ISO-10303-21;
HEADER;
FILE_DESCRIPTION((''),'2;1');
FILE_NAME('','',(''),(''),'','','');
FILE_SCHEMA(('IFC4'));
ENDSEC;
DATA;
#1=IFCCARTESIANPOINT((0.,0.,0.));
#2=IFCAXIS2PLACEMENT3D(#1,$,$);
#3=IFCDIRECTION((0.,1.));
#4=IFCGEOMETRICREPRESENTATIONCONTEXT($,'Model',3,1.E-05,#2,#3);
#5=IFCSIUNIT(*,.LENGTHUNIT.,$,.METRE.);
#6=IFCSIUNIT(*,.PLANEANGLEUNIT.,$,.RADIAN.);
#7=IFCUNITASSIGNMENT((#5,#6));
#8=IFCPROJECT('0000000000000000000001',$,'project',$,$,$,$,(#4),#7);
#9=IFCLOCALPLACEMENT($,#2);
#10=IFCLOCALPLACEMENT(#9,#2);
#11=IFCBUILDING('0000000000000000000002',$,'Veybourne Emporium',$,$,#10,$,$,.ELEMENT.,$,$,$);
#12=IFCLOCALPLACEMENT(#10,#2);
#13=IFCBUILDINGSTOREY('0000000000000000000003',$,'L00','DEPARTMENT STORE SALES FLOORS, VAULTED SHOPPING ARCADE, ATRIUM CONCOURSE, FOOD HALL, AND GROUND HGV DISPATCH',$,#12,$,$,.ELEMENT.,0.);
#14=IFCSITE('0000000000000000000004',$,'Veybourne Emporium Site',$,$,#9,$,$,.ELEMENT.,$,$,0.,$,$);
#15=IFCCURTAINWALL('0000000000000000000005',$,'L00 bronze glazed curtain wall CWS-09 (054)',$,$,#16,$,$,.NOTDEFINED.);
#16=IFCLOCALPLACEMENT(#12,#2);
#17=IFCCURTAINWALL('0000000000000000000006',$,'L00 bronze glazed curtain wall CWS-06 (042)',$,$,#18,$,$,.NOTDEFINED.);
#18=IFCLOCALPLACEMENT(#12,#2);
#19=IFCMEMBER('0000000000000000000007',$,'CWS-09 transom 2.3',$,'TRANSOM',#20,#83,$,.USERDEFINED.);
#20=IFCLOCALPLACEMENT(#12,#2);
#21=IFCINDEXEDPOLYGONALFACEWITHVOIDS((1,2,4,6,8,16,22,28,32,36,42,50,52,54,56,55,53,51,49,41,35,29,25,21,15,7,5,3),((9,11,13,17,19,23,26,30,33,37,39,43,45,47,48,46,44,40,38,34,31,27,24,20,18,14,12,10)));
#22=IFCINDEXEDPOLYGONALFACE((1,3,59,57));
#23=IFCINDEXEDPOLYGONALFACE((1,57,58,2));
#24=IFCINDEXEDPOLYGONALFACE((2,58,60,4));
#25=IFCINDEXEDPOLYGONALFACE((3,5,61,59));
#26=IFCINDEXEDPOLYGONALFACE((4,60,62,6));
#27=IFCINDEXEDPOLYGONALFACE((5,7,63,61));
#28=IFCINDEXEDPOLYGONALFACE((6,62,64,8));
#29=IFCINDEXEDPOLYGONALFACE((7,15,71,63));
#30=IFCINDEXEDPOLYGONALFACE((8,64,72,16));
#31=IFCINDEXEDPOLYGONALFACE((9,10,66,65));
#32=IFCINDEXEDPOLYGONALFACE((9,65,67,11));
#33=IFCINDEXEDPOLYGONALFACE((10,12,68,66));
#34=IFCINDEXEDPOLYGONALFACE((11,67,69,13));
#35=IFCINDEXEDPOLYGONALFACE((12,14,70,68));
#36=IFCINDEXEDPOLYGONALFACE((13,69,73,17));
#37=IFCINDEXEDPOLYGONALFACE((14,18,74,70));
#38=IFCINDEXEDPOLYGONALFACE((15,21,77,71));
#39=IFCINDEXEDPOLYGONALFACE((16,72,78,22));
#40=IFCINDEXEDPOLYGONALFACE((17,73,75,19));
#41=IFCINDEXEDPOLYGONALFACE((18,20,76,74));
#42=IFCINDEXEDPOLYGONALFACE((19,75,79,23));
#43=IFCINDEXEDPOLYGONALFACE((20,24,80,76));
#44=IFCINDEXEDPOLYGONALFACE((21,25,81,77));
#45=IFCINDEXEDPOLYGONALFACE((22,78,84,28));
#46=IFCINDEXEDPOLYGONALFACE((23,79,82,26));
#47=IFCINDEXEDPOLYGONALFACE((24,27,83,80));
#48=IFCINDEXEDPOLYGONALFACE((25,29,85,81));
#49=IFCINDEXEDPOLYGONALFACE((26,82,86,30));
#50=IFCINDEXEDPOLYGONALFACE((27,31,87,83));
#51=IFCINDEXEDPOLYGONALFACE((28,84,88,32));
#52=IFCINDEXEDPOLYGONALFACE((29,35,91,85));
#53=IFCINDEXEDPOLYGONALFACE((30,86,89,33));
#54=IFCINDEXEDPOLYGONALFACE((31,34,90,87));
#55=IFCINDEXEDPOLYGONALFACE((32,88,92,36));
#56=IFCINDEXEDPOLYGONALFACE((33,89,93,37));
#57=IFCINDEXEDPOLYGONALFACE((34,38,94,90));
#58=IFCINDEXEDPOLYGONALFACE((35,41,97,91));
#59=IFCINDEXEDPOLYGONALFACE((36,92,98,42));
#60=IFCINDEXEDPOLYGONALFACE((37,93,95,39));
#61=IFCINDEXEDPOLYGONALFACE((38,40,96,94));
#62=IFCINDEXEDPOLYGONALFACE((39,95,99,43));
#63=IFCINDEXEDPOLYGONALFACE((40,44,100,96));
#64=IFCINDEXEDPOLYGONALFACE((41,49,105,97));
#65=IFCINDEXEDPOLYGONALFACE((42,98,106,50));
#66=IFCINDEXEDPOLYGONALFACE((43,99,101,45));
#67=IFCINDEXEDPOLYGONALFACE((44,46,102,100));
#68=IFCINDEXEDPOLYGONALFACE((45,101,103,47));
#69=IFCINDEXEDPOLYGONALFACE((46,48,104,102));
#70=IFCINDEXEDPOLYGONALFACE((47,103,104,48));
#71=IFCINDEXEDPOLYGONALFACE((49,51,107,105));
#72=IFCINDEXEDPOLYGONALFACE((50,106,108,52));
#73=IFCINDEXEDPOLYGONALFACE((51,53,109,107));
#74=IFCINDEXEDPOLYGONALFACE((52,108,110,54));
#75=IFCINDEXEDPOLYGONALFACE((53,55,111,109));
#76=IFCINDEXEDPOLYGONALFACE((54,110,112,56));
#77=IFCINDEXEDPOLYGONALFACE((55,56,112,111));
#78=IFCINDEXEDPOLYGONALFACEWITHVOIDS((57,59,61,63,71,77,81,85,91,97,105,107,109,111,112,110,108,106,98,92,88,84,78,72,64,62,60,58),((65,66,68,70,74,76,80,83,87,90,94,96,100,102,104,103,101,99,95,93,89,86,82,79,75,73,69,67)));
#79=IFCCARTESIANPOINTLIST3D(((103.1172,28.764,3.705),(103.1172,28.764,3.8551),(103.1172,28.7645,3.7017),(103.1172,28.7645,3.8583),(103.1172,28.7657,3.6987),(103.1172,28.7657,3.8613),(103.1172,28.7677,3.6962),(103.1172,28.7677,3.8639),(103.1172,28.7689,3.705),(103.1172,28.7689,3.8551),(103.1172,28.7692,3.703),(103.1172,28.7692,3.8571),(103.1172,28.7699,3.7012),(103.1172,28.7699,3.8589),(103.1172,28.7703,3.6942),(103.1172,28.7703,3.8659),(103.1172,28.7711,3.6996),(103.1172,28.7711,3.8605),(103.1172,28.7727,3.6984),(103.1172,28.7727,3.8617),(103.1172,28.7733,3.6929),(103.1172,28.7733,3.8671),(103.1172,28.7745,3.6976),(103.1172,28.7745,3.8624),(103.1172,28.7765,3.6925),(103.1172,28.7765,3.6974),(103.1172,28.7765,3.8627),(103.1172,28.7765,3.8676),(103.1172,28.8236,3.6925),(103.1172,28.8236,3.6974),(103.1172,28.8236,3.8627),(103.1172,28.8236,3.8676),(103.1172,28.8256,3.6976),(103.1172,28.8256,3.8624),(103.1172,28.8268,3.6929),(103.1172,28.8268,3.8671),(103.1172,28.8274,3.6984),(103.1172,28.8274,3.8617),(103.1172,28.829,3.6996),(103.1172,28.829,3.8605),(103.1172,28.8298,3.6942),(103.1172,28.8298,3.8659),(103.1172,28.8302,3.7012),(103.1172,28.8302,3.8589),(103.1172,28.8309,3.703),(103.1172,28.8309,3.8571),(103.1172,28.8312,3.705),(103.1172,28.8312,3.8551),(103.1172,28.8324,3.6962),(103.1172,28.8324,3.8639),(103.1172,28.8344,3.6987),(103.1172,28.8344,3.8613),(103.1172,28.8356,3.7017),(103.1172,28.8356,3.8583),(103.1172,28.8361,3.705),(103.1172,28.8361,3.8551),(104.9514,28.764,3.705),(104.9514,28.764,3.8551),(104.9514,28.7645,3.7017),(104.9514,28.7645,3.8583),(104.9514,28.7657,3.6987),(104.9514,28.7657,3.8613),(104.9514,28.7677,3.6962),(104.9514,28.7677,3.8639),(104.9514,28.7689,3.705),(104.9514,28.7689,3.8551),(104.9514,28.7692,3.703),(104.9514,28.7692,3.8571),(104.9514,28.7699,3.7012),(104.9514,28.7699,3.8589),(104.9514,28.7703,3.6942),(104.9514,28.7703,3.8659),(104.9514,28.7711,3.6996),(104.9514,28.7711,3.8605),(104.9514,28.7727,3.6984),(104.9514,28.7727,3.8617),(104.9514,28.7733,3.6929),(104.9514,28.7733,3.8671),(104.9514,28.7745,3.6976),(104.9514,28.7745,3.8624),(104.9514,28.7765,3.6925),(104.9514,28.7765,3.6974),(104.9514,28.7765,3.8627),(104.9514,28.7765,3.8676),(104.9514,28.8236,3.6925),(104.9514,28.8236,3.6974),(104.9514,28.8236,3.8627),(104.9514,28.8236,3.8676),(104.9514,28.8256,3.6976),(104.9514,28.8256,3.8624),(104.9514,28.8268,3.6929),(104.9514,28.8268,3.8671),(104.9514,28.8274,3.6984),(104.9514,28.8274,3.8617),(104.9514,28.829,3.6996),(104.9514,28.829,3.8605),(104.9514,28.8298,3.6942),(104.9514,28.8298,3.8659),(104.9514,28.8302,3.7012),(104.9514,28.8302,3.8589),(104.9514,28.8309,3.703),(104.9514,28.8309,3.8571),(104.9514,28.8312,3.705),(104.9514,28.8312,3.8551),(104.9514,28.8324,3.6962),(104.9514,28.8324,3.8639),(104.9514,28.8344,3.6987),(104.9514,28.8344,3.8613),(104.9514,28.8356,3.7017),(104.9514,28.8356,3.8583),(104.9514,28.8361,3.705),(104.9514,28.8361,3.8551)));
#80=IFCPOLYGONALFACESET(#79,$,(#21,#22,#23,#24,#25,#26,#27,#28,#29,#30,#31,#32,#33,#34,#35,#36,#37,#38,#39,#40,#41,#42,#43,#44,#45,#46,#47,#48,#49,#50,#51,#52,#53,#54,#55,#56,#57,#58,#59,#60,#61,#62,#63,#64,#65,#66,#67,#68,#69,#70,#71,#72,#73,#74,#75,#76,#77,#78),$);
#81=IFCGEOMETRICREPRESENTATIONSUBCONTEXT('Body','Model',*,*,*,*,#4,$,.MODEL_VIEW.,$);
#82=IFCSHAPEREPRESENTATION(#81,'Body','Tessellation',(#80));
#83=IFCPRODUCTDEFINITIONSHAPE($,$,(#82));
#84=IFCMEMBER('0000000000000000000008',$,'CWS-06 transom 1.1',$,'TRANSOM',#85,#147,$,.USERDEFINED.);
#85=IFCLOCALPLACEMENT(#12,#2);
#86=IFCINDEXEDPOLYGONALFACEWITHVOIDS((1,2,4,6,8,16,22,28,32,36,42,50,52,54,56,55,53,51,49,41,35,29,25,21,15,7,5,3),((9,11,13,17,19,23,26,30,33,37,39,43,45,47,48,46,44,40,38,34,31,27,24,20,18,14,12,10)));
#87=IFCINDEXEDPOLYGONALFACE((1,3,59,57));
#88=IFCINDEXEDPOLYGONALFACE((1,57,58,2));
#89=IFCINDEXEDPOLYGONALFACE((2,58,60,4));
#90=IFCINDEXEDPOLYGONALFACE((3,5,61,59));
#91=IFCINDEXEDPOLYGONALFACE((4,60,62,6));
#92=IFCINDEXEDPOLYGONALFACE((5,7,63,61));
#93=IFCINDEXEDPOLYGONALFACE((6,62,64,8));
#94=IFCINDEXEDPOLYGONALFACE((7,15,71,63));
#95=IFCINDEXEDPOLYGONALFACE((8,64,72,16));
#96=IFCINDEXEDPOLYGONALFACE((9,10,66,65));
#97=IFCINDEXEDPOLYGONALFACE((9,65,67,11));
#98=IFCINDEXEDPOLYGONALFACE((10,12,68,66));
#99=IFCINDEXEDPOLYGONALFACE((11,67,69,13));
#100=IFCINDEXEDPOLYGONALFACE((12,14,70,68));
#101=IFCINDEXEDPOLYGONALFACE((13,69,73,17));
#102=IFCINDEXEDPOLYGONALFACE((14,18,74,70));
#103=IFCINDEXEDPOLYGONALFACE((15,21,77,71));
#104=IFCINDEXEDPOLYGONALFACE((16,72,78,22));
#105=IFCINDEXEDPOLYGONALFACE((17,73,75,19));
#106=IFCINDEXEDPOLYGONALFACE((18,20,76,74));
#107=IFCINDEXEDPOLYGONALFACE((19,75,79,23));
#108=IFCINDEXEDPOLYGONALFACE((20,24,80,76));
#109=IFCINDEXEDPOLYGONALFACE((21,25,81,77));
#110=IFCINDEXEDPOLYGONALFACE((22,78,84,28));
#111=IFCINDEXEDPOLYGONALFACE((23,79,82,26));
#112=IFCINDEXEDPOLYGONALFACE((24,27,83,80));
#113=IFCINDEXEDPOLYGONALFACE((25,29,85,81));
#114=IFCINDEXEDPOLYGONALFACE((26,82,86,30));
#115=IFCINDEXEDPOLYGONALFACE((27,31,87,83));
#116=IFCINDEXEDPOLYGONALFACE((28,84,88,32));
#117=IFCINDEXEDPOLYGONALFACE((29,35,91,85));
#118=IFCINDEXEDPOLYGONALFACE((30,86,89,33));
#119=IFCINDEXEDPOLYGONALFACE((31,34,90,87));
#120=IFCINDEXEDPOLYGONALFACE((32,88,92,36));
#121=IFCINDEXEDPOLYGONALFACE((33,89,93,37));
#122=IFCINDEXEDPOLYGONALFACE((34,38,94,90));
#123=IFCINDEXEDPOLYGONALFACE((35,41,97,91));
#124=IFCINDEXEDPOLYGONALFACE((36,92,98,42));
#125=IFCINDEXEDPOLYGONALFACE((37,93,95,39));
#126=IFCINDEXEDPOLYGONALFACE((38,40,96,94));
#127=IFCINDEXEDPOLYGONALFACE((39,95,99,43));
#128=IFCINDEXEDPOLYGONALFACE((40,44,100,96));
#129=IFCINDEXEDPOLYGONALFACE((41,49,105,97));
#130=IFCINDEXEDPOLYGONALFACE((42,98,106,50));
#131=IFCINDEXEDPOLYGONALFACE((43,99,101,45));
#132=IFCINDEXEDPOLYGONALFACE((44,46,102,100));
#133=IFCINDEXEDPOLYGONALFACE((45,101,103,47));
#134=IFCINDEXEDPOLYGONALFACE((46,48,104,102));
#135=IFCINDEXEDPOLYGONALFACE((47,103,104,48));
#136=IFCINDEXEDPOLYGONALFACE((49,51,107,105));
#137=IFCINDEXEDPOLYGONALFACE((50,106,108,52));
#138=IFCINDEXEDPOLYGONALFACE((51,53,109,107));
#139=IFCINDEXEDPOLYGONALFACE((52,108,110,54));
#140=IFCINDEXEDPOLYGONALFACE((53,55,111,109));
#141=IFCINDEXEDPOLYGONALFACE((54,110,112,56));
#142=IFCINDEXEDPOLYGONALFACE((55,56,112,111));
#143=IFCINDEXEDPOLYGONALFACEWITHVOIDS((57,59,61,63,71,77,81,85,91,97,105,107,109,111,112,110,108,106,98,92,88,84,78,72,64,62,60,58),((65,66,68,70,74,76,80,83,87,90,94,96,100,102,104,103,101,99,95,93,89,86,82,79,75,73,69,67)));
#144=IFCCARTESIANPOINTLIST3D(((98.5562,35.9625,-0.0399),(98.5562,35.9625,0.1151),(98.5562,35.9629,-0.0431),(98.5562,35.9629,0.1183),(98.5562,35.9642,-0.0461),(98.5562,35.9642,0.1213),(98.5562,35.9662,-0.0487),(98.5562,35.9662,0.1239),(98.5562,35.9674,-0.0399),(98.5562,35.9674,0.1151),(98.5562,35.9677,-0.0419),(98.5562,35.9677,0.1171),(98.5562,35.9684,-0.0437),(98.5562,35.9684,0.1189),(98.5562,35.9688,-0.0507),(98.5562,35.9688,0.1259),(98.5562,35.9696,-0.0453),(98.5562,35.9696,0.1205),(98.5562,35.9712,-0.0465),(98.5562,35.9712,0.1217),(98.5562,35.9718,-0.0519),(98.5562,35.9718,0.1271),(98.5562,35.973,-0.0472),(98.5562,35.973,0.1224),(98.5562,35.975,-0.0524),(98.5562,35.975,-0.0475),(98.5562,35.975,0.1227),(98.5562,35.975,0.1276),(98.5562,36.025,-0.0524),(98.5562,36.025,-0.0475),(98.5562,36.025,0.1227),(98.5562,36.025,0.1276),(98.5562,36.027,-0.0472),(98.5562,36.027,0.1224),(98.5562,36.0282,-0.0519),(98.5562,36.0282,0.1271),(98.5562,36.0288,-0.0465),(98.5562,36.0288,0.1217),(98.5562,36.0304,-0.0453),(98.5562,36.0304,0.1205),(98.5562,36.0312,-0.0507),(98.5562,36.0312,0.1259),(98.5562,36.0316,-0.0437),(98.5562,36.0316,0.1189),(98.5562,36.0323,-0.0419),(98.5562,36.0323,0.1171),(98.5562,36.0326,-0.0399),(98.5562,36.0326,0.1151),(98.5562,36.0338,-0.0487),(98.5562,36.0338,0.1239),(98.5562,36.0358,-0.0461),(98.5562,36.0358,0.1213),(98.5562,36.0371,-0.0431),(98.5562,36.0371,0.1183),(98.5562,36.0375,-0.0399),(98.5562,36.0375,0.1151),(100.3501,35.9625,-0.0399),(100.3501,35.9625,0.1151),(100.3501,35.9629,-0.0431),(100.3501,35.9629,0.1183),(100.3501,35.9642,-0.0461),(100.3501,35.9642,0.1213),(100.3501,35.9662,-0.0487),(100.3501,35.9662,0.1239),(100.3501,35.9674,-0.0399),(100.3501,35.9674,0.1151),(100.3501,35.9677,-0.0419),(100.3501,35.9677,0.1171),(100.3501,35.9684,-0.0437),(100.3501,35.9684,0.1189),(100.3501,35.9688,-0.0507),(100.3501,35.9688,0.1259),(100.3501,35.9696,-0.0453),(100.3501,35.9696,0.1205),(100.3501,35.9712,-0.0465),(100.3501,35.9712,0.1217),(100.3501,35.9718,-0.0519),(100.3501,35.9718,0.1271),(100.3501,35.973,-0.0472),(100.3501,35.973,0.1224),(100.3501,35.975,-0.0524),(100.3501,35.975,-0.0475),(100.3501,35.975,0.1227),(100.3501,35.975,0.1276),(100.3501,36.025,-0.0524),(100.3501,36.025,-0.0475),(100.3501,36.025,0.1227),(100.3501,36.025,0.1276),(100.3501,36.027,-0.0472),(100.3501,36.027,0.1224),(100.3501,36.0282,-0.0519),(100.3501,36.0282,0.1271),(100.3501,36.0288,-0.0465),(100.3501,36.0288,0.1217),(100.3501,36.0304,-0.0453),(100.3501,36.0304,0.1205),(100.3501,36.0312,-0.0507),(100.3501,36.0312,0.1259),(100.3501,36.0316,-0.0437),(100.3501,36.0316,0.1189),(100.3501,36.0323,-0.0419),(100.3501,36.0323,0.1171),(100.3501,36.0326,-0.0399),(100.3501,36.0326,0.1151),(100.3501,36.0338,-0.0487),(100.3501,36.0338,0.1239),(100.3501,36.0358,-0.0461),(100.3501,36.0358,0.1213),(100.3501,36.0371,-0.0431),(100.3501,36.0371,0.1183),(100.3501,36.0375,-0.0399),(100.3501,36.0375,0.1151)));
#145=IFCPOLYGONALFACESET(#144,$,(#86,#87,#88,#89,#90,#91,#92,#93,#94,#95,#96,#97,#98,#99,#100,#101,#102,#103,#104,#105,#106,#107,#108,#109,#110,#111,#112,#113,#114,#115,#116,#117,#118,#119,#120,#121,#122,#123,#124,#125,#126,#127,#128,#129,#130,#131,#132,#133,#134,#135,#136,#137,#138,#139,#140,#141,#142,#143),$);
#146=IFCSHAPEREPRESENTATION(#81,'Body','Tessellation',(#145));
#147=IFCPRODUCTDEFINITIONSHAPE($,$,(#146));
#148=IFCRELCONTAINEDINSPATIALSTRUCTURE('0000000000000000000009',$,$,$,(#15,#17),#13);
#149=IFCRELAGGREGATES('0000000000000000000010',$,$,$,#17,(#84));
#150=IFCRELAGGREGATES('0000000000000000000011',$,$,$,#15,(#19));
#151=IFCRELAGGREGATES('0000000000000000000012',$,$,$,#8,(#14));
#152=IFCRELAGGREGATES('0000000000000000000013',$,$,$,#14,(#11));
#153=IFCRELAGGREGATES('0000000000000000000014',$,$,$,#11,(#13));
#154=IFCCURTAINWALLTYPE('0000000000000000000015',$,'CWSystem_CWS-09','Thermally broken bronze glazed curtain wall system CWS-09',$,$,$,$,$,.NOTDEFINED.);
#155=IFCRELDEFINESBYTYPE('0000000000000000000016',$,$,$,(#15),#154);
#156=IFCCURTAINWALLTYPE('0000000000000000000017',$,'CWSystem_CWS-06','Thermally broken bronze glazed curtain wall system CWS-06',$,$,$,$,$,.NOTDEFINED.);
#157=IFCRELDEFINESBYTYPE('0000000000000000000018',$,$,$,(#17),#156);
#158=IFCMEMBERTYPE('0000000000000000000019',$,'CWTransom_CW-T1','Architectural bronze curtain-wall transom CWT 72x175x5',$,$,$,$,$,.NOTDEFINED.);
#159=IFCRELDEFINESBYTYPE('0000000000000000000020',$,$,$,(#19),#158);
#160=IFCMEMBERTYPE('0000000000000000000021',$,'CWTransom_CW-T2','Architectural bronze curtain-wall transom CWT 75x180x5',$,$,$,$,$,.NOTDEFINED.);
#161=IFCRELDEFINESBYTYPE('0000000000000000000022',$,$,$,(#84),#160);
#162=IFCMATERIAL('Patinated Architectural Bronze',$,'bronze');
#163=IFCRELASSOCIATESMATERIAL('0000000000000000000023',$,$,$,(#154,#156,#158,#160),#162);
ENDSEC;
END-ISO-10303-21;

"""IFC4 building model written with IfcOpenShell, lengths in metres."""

from ifc_helpers import new_model, si_unit, direction, frame, origin, origin_2d, place, context, subcontext, project, spatial, hollow_rectangle, extrude, material, material_profile, profile_set, type_object, element, aggregate, save


model = new_model("IFC4")

# Units and contexts
model_context = context("Model", 3, precision=1e-05, world=origin(), true_north=direction((0.0, 1.0)))
body_context = subcontext(model_context, "Body", "Model", "MODEL_VIEW")
ifc_project = project(units=[si_unit("LENGTHUNIT", "METRE"), si_unit("PLANEANGLEUNIT", "RADIAN")], contexts=[model_context])

# Site, building, storey
site_placement = place(None, origin())
site = spatial("IfcSite", under=ifc_project, at=site_placement, Name="Veybourne Emporium Site", CompositionType="ELEMENT", RefElevation=0.0)
building_placement = place(site_placement, origin())
building = spatial("IfcBuilding", under=site, at=building_placement, Name="Veybourne Emporium", CompositionType="ELEMENT")
storey_placement = place(building_placement, origin())
storey = spatial("IfcBuildingStorey", under=building, at=storey_placement, Name="L00", Description="DEPARTMENT STORE SALES FLOORS, VAULTED SHOPPING ARCADE, ATRIUM CONCOURSE, FOOD HALL, AND GROUND HGV DISPATCH", CompositionType="ELEMENT", Elevation=0.0)

# Curtain walls
ifc_material_1 = material(Name="Patinated Architectural Bronze", Category="bronze")
curtain_wall_type_1 = type_object("IfcCurtainWallType", Name="CWSystem_CWS-09", Description="Thermally broken bronze glazed curtain wall system CWS-09", PredefinedType="NOTDEFINED", material=ifc_material_1)
curtain_wall_1_placement = place(storey_placement, origin())
curtain_wall_1 = element("IfcCurtainWall", 1, at=curtain_wall_1_placement, inside=storey, type_object=curtain_wall_type_1, Name="L00 bronze glazed curtain wall CWS-09 (054)", PredefinedType="NOTDEFINED")
curtain_wall_type_2 = type_object("IfcCurtainWallType", Name="CWSystem_CWS-06", Description="Thermally broken bronze glazed curtain wall system CWS-06", PredefinedType="NOTDEFINED", material=ifc_material_1)
curtain_wall_2_placement = place(storey_placement, origin())
curtain_wall_2 = element("IfcCurtainWall", 2, at=curtain_wall_2_placement, inside=storey, type_object=curtain_wall_type_2, Name="L00 bronze glazed curtain wall CWS-06 (042)", PredefinedType="NOTDEFINED")

# Members
ifc_material_profile_1 = material_profile(ifc_material_1, hollow_rectangle(XDim=0.072, YDim=0.175, WallThickness=0.0049, InnerFilletRadius=0.0076, OuterFilletRadius=0.0125, at=origin_2d()), Name="CWT 72x175x5")
ifc_profile_set_1 = profile_set([ifc_material_profile_1], Name="Patinated Architectural Bronze")
member_type_1 = type_object("IfcMemberType", Name="CWTransom_CW-T1", Description="Architectural bronze curtain-wall transom CWT 72x175x5", PredefinedType="NOTDEFINED", material=ifc_profile_set_1)
member_1_placement = place(storey_placement, frame((103.1172, 28.8, 3.78), z_axis=(1.0, 0.0, 0.0), x_axis=(0.0, 1.0, 0.0)))
member_1 = element("IfcMember", 3, at=member_1_placement, type_object=member_type_1, Name="CWS-09 transom 2.3", ObjectType="TRANSOM", PredefinedType="USERDEFINED", context=body_context, shape_type="SweptSolid", body=[
    extrude(hollow_rectangle(XDim=0.072, YDim=0.175, WallThickness=0.0049, InnerFilletRadius=0.0076, OuterFilletRadius=0.0125, at=origin_2d()), origin(), (0.0, 0.0, 1.0), 1.8342),
])
ifc_material_profile_2 = material_profile(ifc_material_1, hollow_rectangle(XDim=0.075, YDim=0.1799, WallThickness=0.0049, InnerFilletRadius=0.0076, OuterFilletRadius=0.0125, at=origin_2d()), Name="CWT 75x180x5")
ifc_profile_set_2 = profile_set([ifc_material_profile_2], Name="Patinated Architectural Bronze")
member_type_2 = type_object("IfcMemberType", Name="CWTransom_CW-T2", Description="Architectural bronze curtain-wall transom CWT 75x180x5", PredefinedType="NOTDEFINED", material=ifc_profile_set_2)
member_2_placement = place(storey_placement, frame((100.3501, 36.0, 0.0376), z_axis=(-1.0, 0.0, 0.0), x_axis=(0.0, -1.0, 0.0)))
member_2 = element("IfcMember", 4, at=member_2_placement, type_object=member_type_2, Name="CWS-06 transom 1.1", ObjectType="TRANSOM", PredefinedType="USERDEFINED", context=body_context, shape_type="SweptSolid", body=[
    extrude(hollow_rectangle(XDim=0.075, YDim=0.1799, WallThickness=0.0049, InnerFilletRadius=0.0076, OuterFilletRadius=0.0125, at=origin_2d()), origin(), (0.0, 0.0, 1.0), 1.7939),
])

aggregate(curtain_wall_2, [member_2])
aggregate(curtain_wall_1, [member_1])

save(model, "model.ifc")
